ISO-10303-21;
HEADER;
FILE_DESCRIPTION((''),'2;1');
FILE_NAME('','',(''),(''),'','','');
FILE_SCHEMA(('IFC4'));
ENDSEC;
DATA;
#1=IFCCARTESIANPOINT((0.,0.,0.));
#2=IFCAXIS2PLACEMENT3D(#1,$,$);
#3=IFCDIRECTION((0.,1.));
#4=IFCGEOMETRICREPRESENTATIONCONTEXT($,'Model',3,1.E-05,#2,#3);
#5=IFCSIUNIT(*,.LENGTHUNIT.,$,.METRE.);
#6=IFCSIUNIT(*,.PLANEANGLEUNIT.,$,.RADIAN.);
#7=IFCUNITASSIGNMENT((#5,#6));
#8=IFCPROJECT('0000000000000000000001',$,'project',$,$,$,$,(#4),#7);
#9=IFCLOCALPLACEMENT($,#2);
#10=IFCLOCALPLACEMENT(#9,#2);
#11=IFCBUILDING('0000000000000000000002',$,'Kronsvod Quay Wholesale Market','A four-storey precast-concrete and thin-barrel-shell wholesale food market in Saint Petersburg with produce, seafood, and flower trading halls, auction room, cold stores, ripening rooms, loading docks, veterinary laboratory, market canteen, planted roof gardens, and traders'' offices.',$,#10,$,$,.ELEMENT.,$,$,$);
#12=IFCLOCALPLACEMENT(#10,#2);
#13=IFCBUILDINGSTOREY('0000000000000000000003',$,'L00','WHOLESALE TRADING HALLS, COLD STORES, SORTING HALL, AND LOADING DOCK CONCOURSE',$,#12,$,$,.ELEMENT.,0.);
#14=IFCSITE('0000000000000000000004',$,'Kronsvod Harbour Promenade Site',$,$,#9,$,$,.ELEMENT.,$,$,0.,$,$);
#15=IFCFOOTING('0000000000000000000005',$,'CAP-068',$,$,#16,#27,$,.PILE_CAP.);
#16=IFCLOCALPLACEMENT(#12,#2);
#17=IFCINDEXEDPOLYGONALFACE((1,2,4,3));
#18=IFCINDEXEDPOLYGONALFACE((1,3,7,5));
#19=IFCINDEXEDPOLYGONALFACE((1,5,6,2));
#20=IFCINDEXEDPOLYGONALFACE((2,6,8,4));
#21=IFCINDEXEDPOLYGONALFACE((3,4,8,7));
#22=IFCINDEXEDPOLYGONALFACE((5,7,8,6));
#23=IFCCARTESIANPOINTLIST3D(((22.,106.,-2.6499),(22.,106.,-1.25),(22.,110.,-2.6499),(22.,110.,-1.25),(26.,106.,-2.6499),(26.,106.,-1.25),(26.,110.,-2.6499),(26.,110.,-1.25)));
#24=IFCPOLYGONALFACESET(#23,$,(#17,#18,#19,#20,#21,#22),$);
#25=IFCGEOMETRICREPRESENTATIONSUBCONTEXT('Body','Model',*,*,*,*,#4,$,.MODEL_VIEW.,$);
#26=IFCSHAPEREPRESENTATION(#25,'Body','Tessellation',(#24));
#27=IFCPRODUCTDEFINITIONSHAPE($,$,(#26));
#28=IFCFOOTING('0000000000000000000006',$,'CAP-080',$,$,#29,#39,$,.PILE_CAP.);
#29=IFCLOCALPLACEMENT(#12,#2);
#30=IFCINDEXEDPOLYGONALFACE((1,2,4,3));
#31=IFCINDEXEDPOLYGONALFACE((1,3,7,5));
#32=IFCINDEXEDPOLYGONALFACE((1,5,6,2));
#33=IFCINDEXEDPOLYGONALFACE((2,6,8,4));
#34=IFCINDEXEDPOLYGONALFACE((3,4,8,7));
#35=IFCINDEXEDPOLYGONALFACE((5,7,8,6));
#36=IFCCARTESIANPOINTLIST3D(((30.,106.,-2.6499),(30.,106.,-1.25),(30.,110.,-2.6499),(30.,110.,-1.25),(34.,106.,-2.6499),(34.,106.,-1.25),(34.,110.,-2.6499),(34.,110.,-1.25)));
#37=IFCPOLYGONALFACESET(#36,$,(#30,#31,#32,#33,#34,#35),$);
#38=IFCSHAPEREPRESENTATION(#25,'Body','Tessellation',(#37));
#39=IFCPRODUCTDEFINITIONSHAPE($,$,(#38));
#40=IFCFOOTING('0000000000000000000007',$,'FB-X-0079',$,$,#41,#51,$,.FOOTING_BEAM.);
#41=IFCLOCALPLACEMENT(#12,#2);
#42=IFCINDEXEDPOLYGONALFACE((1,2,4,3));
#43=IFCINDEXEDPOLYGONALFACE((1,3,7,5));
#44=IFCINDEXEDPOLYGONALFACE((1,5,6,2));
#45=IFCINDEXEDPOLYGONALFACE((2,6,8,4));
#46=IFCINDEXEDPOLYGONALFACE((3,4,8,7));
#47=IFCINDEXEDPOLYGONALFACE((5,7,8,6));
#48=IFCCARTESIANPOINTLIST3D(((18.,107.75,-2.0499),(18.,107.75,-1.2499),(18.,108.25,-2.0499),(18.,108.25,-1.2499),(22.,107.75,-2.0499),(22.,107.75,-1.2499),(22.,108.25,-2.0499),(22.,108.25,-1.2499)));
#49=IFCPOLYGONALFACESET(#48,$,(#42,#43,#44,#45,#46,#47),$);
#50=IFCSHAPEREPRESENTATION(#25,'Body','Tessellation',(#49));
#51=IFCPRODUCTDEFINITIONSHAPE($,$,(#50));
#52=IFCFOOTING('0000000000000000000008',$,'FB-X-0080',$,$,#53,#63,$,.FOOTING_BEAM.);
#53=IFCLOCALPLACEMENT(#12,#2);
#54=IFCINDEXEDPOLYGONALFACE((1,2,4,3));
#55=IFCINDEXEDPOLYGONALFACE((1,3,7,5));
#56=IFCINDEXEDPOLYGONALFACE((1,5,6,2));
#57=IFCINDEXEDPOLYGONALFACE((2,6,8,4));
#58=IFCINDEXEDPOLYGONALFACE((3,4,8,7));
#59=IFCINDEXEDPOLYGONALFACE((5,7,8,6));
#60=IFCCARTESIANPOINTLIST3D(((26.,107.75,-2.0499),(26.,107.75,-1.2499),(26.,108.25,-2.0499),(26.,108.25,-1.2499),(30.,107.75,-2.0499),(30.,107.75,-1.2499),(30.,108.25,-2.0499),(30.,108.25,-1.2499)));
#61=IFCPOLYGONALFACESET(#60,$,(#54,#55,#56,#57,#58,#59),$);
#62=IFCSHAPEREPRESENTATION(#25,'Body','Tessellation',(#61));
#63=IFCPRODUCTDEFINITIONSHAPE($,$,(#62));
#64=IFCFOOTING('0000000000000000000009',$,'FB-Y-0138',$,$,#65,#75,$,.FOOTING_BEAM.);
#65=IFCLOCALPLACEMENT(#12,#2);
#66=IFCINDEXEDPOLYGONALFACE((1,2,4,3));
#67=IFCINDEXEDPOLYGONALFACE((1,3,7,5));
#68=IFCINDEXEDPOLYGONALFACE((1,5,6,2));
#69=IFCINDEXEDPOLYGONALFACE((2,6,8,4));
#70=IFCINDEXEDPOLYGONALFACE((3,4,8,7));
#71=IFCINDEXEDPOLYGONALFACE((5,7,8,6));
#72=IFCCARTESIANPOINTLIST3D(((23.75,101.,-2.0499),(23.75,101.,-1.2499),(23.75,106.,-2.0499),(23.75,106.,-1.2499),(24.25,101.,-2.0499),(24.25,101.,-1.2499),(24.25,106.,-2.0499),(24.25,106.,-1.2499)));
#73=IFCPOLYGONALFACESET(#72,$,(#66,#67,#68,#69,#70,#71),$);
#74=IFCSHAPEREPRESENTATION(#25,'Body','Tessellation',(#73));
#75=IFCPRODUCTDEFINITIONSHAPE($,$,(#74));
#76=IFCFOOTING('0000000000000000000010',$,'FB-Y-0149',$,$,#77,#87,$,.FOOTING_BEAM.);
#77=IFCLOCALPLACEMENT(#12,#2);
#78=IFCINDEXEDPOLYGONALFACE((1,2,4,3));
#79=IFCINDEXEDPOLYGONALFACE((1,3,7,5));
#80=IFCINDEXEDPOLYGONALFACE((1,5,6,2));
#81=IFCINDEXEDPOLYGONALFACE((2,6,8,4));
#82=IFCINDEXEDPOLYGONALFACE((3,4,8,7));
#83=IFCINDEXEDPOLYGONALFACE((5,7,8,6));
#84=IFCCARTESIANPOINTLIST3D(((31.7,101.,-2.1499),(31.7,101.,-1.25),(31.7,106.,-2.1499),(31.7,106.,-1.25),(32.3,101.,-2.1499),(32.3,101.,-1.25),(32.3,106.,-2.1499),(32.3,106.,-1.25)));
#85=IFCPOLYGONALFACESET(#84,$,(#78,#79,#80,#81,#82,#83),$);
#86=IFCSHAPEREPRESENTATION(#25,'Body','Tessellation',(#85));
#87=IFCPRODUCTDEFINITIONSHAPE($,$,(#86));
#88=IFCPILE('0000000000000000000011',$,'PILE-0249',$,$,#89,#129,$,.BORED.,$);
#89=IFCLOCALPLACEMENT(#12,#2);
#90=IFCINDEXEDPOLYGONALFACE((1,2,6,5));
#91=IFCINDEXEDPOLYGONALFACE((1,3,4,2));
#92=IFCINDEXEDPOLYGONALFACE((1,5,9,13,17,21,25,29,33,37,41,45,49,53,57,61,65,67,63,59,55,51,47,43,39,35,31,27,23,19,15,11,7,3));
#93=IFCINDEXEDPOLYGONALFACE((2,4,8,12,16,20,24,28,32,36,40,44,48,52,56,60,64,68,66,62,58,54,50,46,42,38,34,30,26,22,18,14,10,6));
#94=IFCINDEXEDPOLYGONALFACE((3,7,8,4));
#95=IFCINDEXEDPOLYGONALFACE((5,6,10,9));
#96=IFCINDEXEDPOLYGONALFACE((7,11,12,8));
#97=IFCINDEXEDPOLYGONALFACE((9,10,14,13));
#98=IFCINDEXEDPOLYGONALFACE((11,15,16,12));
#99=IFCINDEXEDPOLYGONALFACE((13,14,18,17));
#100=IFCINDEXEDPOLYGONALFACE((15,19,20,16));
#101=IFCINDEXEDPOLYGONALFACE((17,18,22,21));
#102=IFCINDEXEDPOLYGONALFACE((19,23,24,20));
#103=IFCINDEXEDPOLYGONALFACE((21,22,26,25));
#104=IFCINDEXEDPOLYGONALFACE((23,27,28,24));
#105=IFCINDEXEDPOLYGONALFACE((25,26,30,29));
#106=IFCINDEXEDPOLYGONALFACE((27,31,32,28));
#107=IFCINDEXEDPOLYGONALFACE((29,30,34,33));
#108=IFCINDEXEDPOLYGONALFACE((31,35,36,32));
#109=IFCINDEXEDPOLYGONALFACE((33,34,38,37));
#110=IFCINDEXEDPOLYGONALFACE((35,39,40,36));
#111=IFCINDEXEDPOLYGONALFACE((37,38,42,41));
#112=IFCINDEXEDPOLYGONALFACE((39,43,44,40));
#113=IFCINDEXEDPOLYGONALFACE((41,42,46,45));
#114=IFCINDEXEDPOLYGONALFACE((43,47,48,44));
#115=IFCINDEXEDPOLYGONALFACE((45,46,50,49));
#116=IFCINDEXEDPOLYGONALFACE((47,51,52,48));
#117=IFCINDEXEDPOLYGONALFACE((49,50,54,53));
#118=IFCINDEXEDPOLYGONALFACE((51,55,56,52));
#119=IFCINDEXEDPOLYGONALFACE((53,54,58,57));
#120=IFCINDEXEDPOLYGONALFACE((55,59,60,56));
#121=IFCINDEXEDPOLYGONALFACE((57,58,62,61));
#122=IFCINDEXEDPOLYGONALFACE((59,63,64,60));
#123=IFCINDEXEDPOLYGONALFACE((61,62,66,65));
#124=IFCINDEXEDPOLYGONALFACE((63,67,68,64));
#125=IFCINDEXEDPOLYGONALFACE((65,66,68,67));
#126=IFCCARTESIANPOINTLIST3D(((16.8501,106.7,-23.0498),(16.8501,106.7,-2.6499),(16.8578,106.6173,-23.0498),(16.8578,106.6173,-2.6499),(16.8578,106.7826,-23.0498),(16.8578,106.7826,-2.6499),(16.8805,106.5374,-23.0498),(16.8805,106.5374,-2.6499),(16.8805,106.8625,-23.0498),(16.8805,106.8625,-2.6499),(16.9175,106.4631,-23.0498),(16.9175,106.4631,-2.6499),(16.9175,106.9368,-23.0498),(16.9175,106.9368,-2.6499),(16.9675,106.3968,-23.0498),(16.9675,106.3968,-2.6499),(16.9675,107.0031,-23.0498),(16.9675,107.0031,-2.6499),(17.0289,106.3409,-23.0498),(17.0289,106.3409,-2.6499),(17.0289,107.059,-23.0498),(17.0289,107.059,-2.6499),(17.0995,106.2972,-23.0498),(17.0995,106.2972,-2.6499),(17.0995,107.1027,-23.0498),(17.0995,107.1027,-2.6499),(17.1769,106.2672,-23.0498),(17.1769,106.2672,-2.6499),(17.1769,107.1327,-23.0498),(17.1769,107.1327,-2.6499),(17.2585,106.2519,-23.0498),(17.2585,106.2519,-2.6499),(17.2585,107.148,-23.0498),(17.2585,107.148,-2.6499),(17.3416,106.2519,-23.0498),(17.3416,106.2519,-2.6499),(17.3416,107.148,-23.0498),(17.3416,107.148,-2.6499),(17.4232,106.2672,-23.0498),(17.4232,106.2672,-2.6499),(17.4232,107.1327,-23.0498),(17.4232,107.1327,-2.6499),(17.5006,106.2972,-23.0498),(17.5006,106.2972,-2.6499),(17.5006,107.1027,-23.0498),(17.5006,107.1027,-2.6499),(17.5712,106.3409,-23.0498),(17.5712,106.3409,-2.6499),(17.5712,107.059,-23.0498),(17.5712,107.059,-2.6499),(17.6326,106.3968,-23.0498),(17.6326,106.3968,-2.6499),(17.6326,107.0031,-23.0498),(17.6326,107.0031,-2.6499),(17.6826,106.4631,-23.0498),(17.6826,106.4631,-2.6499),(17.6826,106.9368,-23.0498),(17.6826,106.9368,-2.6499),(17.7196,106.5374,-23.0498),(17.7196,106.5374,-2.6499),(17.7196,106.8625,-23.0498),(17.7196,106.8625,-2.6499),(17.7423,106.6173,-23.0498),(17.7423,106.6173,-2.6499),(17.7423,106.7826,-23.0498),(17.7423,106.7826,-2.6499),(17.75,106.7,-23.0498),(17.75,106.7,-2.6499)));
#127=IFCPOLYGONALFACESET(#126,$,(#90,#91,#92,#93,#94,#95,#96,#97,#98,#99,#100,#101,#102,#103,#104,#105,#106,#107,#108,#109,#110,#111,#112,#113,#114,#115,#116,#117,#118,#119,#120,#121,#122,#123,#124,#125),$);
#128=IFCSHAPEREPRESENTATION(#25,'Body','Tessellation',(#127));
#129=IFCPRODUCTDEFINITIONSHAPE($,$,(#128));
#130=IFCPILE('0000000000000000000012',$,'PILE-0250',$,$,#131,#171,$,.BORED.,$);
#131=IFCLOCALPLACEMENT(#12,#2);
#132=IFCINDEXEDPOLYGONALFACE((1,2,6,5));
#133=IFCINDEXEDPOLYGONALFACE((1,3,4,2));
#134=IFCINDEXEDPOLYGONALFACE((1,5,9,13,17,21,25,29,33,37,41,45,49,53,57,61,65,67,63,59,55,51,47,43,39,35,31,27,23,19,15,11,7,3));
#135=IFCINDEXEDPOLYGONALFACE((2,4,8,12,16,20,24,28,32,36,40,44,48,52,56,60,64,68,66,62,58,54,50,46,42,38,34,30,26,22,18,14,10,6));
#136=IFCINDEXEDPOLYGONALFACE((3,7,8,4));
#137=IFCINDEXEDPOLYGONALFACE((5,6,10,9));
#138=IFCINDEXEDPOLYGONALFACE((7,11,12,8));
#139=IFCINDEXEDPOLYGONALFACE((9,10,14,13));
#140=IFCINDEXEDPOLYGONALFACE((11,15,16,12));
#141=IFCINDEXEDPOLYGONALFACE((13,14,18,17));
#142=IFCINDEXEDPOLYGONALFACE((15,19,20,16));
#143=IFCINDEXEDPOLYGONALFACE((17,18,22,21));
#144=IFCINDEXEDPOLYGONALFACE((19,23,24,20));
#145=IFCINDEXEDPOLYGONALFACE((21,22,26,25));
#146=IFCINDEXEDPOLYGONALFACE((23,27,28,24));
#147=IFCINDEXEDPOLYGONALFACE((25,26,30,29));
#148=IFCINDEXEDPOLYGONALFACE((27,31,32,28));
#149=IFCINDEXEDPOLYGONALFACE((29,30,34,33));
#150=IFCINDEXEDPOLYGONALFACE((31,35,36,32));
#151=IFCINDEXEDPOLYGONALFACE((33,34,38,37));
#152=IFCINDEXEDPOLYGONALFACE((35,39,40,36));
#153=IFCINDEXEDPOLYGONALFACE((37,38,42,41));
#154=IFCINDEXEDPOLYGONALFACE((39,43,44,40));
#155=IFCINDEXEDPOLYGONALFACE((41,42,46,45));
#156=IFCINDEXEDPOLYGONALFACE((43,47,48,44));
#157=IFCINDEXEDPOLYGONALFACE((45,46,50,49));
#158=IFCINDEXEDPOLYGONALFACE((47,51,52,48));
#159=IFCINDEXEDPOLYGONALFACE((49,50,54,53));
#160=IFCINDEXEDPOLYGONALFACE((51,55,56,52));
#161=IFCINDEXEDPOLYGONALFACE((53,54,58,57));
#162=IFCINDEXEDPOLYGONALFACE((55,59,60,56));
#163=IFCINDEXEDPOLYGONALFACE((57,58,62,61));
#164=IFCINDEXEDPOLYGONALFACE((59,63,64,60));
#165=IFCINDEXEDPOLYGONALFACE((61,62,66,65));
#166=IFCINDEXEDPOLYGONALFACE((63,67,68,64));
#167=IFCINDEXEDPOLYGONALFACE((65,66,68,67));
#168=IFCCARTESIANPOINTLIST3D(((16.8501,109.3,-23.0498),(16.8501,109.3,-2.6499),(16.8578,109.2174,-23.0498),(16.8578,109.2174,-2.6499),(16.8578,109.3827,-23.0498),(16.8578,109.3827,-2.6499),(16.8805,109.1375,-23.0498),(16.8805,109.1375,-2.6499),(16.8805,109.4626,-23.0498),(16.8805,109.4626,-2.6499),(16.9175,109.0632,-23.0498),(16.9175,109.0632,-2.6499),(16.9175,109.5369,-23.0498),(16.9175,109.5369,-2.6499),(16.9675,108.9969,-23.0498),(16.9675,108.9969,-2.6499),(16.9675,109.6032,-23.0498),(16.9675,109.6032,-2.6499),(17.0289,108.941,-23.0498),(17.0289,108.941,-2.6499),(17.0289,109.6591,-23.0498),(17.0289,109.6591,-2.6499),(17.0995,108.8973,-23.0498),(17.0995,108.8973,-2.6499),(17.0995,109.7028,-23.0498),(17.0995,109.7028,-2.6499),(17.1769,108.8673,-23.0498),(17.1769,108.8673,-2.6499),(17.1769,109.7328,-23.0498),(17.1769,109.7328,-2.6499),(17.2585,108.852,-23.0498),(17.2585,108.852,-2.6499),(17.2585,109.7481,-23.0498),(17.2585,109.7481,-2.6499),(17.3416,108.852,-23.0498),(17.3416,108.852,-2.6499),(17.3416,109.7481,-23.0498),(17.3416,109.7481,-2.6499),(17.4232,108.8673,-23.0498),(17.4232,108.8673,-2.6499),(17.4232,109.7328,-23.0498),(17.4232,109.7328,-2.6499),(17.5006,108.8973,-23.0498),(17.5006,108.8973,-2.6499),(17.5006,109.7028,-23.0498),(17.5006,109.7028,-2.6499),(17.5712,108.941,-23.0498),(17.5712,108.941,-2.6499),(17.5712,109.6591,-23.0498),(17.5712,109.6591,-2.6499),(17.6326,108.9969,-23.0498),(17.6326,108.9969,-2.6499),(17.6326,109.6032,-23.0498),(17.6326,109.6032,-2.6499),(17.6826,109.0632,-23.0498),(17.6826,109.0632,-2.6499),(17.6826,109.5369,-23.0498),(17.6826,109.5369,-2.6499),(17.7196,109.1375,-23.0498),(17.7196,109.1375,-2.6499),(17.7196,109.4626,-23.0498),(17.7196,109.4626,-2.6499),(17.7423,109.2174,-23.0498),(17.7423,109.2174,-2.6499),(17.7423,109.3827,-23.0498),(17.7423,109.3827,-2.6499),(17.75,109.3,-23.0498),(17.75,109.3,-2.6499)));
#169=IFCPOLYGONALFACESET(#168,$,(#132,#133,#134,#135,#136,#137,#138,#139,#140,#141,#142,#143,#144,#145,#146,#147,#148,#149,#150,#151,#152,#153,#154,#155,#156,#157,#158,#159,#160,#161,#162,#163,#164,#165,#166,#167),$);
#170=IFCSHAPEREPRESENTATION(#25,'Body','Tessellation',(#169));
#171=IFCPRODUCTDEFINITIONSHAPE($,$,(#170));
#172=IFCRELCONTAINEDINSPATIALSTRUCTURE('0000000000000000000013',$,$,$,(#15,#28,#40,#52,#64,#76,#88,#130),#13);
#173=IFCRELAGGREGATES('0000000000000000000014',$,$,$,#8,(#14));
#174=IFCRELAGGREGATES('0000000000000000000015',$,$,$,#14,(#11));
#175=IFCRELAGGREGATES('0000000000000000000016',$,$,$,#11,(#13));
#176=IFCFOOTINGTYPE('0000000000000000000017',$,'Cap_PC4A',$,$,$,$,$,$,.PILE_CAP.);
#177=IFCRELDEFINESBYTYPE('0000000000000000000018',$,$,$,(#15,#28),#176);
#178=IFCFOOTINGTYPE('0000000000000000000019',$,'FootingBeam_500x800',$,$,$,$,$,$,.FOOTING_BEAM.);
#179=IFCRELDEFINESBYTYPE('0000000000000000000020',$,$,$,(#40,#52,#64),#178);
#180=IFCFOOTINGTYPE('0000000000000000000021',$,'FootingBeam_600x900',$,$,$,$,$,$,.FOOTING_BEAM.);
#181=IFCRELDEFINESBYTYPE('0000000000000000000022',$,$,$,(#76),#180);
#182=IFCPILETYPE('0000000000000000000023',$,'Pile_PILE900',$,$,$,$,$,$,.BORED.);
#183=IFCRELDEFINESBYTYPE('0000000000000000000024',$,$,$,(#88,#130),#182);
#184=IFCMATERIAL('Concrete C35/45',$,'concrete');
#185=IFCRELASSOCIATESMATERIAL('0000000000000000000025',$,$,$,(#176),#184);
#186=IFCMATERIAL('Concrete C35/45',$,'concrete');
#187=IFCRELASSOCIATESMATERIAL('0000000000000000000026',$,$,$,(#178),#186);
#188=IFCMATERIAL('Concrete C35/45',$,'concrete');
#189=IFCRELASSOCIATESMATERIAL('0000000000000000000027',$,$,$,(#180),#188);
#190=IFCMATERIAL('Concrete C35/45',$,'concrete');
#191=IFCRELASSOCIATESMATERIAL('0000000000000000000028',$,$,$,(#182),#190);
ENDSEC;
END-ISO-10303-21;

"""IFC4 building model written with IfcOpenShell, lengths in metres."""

from ifc_helpers import new_model, si_unit, direction, frame, origin, origin_2d, place, context, subcontext, project, spatial, rectangle, circle, extrude, material, material_profile, profile_set, type_object, element, save


model = new_model("IFC4")

# Units and contexts
model_context = context("Model", 3, precision=1e-05, world=origin(), true_north=direction((0.0, 1.0)))
body_context = subcontext(model_context, "Body", "Model", "MODEL_VIEW")
ifc_project = project(units=[si_unit("LENGTHUNIT", "METRE"), si_unit("PLANEANGLEUNIT", "RADIAN")], contexts=[model_context])

# Site, building, storey
site_placement = place(None, origin())
site = spatial("IfcSite", under=ifc_project, at=site_placement, Name="Kronsvod Harbour Promenade Site", CompositionType="ELEMENT", RefElevation=0.0)
building_placement = place(site_placement, origin())
building = spatial("IfcBuilding", under=site, at=building_placement, Name="Kronsvod Quay Wholesale Market", Description="A four-storey precast-concrete and thin-barrel-shell wholesale food market in Saint Petersburg with produce, seafood, and flower trading halls, auction room, cold stores, ripening rooms, loading docks, veterinary laboratory, market canteen, planted roof gardens, and traders' offices.", CompositionType="ELEMENT")
storey_placement = place(building_placement, origin())
storey = spatial("IfcBuildingStorey", under=building, at=storey_placement, Name="L00", Description="WHOLESALE TRADING HALLS, COLD STORES, SORTING HALL, AND LOADING DOCK CONCOURSE", CompositionType="ELEMENT", Elevation=0.0)

# Footings
ifc_material_1 = material(Name="Concrete C35/45", Category="concrete")
footing_type_1 = type_object("IfcFootingType", Name="Cap_PC4A", PredefinedType="PILE_CAP", material=ifc_material_1)
for number, where, z_axis, x_axis, name in (
    (1, (24.0, 108.0, -2.6499), (0.0, 0.0, 1.0), (1.0, 0.0, 0.0), "CAP-068"),
    (2, (32.0, 108.0, -2.6499), (0.0, 0.0, 1.0), (1.0, 0.0, 0.0), "CAP-080"),
):
    element("IfcFooting", number, at=place(storey_placement, frame(where, z_axis=z_axis, x_axis=x_axis)), inside=storey, type_object=footing_type_1, Name=name, PredefinedType="PILE_CAP", context=body_context, shape_type="SweptSolid", body=[
        extrude(rectangle(XDim=4.0, YDim=4.0, at=origin_2d()), origin(), (0.0, 0.0, 1.0), 1.3999),
    ])
ifc_material_2 = material(Name="Concrete C35/45", Category="concrete")
ifc_material_profile_1 = material_profile(ifc_material_2, rectangle(XDim=0.5, YDim=0.8, at=origin_2d()), Name="FB-01")
ifc_profile_set_1 = profile_set([ifc_material_profile_1], Name="Concrete C35/45")
footing_type_2 = type_object("IfcFootingType", Name="FootingBeam_500x800", PredefinedType="FOOTING_BEAM", material=ifc_profile_set_1)
for number, where, z_axis, x_axis, name in (
    (3, (18.0, 108.0, -1.6499), (1.0, 0.0, 0.0), (0.0, 1.0, 0.0), "FB-X-0079"),
    (4, (26.0, 108.0, -1.6499), (1.0, 0.0, 0.0), (0.0, 1.0, 0.0), "FB-X-0080"),
):
    element("IfcFooting", number, at=place(storey_placement, frame(where, z_axis=z_axis, x_axis=x_axis)), inside=storey, type_object=footing_type_2, Name=name, PredefinedType="FOOTING_BEAM", context=body_context, shape_type="SweptSolid", body=[
        extrude(rectangle(XDim=0.5, YDim=0.8, at=origin_2d()), origin(), (0.0, 0.0, 1.0), 4.0),
    ])
footing_1_placement = place(storey_placement, frame((24.0, 101.0, -1.6499), z_axis=(0.0, 1.0, 0.0), x_axis=(-1.0, 0.0, 0.0)))
element("IfcFooting", 5, at=footing_1_placement, inside=storey, type_object=footing_type_2, Name="FB-Y-0138", PredefinedType="FOOTING_BEAM", context=body_context, shape_type="SweptSolid", body=[
    extrude(rectangle(XDim=0.5, YDim=0.8, at=origin_2d()), origin(), (0.0, 0.0, 1.0), 5.0),
])
ifc_material_3 = material(Name="Concrete C35/45", Category="concrete")
ifc_material_profile_2 = material_profile(ifc_material_3, rectangle(XDim=0.6001, YDim=0.8999, at=origin_2d()), Name="FB-02")
ifc_profile_set_2 = profile_set([ifc_material_profile_2], Name="Concrete C35/45")
footing_type_3 = type_object("IfcFootingType", Name="FootingBeam_600x900", PredefinedType="FOOTING_BEAM", material=ifc_profile_set_2)
footing_2_placement = place(storey_placement, frame((32.0, 101.0, -1.7), z_axis=(0.0, 1.0, 0.0), x_axis=(-1.0, 0.0, 0.0)))
element("IfcFooting", 6, at=footing_2_placement, inside=storey, type_object=footing_type_3, Name="FB-Y-0149", PredefinedType="FOOTING_BEAM", context=body_context, shape_type="SweptSolid", body=[
    extrude(rectangle(XDim=0.6001, YDim=0.8999, at=origin_2d()), origin(), (0.0, 0.0, 1.0), 5.0),
])

# Piles
ifc_material_4 = material(Name="Concrete C35/45", Category="concrete")
ifc_material_profile_3 = material_profile(ifc_material_4, circle(Radius=0.45, at=origin_2d()), Name="PILE900")
ifc_profile_set_3 = profile_set([ifc_material_profile_3], Name="Concrete C35/45")
pile_type = type_object("IfcPileType", Name="Pile_PILE900", PredefinedType="BORED", material=ifc_profile_set_3)
for number, where, z_axis, x_axis, name in (
    (7, (17.3, 106.7, -2.6499), (0.0, 0.0, -1.0), (1.0, 0.0, 0.0), "PILE-0249"),
    (8, (17.3, 109.3, -2.6499), (0.0, 0.0, -1.0), (1.0, 0.0, 0.0), "PILE-0250"),
):
    element("IfcPile", number, at=place(storey_placement, frame(where, z_axis=z_axis, x_axis=x_axis)), inside=storey, type_object=pile_type, Name=name, PredefinedType="BORED", context=body_context, shape_type="SweptSolid", body=[
        extrude(circle(Radius=0.45, at=origin_2d()), origin(), (0.0, 0.0, 1.0), 20.3999),
    ])

save(model, "model.ifc")
